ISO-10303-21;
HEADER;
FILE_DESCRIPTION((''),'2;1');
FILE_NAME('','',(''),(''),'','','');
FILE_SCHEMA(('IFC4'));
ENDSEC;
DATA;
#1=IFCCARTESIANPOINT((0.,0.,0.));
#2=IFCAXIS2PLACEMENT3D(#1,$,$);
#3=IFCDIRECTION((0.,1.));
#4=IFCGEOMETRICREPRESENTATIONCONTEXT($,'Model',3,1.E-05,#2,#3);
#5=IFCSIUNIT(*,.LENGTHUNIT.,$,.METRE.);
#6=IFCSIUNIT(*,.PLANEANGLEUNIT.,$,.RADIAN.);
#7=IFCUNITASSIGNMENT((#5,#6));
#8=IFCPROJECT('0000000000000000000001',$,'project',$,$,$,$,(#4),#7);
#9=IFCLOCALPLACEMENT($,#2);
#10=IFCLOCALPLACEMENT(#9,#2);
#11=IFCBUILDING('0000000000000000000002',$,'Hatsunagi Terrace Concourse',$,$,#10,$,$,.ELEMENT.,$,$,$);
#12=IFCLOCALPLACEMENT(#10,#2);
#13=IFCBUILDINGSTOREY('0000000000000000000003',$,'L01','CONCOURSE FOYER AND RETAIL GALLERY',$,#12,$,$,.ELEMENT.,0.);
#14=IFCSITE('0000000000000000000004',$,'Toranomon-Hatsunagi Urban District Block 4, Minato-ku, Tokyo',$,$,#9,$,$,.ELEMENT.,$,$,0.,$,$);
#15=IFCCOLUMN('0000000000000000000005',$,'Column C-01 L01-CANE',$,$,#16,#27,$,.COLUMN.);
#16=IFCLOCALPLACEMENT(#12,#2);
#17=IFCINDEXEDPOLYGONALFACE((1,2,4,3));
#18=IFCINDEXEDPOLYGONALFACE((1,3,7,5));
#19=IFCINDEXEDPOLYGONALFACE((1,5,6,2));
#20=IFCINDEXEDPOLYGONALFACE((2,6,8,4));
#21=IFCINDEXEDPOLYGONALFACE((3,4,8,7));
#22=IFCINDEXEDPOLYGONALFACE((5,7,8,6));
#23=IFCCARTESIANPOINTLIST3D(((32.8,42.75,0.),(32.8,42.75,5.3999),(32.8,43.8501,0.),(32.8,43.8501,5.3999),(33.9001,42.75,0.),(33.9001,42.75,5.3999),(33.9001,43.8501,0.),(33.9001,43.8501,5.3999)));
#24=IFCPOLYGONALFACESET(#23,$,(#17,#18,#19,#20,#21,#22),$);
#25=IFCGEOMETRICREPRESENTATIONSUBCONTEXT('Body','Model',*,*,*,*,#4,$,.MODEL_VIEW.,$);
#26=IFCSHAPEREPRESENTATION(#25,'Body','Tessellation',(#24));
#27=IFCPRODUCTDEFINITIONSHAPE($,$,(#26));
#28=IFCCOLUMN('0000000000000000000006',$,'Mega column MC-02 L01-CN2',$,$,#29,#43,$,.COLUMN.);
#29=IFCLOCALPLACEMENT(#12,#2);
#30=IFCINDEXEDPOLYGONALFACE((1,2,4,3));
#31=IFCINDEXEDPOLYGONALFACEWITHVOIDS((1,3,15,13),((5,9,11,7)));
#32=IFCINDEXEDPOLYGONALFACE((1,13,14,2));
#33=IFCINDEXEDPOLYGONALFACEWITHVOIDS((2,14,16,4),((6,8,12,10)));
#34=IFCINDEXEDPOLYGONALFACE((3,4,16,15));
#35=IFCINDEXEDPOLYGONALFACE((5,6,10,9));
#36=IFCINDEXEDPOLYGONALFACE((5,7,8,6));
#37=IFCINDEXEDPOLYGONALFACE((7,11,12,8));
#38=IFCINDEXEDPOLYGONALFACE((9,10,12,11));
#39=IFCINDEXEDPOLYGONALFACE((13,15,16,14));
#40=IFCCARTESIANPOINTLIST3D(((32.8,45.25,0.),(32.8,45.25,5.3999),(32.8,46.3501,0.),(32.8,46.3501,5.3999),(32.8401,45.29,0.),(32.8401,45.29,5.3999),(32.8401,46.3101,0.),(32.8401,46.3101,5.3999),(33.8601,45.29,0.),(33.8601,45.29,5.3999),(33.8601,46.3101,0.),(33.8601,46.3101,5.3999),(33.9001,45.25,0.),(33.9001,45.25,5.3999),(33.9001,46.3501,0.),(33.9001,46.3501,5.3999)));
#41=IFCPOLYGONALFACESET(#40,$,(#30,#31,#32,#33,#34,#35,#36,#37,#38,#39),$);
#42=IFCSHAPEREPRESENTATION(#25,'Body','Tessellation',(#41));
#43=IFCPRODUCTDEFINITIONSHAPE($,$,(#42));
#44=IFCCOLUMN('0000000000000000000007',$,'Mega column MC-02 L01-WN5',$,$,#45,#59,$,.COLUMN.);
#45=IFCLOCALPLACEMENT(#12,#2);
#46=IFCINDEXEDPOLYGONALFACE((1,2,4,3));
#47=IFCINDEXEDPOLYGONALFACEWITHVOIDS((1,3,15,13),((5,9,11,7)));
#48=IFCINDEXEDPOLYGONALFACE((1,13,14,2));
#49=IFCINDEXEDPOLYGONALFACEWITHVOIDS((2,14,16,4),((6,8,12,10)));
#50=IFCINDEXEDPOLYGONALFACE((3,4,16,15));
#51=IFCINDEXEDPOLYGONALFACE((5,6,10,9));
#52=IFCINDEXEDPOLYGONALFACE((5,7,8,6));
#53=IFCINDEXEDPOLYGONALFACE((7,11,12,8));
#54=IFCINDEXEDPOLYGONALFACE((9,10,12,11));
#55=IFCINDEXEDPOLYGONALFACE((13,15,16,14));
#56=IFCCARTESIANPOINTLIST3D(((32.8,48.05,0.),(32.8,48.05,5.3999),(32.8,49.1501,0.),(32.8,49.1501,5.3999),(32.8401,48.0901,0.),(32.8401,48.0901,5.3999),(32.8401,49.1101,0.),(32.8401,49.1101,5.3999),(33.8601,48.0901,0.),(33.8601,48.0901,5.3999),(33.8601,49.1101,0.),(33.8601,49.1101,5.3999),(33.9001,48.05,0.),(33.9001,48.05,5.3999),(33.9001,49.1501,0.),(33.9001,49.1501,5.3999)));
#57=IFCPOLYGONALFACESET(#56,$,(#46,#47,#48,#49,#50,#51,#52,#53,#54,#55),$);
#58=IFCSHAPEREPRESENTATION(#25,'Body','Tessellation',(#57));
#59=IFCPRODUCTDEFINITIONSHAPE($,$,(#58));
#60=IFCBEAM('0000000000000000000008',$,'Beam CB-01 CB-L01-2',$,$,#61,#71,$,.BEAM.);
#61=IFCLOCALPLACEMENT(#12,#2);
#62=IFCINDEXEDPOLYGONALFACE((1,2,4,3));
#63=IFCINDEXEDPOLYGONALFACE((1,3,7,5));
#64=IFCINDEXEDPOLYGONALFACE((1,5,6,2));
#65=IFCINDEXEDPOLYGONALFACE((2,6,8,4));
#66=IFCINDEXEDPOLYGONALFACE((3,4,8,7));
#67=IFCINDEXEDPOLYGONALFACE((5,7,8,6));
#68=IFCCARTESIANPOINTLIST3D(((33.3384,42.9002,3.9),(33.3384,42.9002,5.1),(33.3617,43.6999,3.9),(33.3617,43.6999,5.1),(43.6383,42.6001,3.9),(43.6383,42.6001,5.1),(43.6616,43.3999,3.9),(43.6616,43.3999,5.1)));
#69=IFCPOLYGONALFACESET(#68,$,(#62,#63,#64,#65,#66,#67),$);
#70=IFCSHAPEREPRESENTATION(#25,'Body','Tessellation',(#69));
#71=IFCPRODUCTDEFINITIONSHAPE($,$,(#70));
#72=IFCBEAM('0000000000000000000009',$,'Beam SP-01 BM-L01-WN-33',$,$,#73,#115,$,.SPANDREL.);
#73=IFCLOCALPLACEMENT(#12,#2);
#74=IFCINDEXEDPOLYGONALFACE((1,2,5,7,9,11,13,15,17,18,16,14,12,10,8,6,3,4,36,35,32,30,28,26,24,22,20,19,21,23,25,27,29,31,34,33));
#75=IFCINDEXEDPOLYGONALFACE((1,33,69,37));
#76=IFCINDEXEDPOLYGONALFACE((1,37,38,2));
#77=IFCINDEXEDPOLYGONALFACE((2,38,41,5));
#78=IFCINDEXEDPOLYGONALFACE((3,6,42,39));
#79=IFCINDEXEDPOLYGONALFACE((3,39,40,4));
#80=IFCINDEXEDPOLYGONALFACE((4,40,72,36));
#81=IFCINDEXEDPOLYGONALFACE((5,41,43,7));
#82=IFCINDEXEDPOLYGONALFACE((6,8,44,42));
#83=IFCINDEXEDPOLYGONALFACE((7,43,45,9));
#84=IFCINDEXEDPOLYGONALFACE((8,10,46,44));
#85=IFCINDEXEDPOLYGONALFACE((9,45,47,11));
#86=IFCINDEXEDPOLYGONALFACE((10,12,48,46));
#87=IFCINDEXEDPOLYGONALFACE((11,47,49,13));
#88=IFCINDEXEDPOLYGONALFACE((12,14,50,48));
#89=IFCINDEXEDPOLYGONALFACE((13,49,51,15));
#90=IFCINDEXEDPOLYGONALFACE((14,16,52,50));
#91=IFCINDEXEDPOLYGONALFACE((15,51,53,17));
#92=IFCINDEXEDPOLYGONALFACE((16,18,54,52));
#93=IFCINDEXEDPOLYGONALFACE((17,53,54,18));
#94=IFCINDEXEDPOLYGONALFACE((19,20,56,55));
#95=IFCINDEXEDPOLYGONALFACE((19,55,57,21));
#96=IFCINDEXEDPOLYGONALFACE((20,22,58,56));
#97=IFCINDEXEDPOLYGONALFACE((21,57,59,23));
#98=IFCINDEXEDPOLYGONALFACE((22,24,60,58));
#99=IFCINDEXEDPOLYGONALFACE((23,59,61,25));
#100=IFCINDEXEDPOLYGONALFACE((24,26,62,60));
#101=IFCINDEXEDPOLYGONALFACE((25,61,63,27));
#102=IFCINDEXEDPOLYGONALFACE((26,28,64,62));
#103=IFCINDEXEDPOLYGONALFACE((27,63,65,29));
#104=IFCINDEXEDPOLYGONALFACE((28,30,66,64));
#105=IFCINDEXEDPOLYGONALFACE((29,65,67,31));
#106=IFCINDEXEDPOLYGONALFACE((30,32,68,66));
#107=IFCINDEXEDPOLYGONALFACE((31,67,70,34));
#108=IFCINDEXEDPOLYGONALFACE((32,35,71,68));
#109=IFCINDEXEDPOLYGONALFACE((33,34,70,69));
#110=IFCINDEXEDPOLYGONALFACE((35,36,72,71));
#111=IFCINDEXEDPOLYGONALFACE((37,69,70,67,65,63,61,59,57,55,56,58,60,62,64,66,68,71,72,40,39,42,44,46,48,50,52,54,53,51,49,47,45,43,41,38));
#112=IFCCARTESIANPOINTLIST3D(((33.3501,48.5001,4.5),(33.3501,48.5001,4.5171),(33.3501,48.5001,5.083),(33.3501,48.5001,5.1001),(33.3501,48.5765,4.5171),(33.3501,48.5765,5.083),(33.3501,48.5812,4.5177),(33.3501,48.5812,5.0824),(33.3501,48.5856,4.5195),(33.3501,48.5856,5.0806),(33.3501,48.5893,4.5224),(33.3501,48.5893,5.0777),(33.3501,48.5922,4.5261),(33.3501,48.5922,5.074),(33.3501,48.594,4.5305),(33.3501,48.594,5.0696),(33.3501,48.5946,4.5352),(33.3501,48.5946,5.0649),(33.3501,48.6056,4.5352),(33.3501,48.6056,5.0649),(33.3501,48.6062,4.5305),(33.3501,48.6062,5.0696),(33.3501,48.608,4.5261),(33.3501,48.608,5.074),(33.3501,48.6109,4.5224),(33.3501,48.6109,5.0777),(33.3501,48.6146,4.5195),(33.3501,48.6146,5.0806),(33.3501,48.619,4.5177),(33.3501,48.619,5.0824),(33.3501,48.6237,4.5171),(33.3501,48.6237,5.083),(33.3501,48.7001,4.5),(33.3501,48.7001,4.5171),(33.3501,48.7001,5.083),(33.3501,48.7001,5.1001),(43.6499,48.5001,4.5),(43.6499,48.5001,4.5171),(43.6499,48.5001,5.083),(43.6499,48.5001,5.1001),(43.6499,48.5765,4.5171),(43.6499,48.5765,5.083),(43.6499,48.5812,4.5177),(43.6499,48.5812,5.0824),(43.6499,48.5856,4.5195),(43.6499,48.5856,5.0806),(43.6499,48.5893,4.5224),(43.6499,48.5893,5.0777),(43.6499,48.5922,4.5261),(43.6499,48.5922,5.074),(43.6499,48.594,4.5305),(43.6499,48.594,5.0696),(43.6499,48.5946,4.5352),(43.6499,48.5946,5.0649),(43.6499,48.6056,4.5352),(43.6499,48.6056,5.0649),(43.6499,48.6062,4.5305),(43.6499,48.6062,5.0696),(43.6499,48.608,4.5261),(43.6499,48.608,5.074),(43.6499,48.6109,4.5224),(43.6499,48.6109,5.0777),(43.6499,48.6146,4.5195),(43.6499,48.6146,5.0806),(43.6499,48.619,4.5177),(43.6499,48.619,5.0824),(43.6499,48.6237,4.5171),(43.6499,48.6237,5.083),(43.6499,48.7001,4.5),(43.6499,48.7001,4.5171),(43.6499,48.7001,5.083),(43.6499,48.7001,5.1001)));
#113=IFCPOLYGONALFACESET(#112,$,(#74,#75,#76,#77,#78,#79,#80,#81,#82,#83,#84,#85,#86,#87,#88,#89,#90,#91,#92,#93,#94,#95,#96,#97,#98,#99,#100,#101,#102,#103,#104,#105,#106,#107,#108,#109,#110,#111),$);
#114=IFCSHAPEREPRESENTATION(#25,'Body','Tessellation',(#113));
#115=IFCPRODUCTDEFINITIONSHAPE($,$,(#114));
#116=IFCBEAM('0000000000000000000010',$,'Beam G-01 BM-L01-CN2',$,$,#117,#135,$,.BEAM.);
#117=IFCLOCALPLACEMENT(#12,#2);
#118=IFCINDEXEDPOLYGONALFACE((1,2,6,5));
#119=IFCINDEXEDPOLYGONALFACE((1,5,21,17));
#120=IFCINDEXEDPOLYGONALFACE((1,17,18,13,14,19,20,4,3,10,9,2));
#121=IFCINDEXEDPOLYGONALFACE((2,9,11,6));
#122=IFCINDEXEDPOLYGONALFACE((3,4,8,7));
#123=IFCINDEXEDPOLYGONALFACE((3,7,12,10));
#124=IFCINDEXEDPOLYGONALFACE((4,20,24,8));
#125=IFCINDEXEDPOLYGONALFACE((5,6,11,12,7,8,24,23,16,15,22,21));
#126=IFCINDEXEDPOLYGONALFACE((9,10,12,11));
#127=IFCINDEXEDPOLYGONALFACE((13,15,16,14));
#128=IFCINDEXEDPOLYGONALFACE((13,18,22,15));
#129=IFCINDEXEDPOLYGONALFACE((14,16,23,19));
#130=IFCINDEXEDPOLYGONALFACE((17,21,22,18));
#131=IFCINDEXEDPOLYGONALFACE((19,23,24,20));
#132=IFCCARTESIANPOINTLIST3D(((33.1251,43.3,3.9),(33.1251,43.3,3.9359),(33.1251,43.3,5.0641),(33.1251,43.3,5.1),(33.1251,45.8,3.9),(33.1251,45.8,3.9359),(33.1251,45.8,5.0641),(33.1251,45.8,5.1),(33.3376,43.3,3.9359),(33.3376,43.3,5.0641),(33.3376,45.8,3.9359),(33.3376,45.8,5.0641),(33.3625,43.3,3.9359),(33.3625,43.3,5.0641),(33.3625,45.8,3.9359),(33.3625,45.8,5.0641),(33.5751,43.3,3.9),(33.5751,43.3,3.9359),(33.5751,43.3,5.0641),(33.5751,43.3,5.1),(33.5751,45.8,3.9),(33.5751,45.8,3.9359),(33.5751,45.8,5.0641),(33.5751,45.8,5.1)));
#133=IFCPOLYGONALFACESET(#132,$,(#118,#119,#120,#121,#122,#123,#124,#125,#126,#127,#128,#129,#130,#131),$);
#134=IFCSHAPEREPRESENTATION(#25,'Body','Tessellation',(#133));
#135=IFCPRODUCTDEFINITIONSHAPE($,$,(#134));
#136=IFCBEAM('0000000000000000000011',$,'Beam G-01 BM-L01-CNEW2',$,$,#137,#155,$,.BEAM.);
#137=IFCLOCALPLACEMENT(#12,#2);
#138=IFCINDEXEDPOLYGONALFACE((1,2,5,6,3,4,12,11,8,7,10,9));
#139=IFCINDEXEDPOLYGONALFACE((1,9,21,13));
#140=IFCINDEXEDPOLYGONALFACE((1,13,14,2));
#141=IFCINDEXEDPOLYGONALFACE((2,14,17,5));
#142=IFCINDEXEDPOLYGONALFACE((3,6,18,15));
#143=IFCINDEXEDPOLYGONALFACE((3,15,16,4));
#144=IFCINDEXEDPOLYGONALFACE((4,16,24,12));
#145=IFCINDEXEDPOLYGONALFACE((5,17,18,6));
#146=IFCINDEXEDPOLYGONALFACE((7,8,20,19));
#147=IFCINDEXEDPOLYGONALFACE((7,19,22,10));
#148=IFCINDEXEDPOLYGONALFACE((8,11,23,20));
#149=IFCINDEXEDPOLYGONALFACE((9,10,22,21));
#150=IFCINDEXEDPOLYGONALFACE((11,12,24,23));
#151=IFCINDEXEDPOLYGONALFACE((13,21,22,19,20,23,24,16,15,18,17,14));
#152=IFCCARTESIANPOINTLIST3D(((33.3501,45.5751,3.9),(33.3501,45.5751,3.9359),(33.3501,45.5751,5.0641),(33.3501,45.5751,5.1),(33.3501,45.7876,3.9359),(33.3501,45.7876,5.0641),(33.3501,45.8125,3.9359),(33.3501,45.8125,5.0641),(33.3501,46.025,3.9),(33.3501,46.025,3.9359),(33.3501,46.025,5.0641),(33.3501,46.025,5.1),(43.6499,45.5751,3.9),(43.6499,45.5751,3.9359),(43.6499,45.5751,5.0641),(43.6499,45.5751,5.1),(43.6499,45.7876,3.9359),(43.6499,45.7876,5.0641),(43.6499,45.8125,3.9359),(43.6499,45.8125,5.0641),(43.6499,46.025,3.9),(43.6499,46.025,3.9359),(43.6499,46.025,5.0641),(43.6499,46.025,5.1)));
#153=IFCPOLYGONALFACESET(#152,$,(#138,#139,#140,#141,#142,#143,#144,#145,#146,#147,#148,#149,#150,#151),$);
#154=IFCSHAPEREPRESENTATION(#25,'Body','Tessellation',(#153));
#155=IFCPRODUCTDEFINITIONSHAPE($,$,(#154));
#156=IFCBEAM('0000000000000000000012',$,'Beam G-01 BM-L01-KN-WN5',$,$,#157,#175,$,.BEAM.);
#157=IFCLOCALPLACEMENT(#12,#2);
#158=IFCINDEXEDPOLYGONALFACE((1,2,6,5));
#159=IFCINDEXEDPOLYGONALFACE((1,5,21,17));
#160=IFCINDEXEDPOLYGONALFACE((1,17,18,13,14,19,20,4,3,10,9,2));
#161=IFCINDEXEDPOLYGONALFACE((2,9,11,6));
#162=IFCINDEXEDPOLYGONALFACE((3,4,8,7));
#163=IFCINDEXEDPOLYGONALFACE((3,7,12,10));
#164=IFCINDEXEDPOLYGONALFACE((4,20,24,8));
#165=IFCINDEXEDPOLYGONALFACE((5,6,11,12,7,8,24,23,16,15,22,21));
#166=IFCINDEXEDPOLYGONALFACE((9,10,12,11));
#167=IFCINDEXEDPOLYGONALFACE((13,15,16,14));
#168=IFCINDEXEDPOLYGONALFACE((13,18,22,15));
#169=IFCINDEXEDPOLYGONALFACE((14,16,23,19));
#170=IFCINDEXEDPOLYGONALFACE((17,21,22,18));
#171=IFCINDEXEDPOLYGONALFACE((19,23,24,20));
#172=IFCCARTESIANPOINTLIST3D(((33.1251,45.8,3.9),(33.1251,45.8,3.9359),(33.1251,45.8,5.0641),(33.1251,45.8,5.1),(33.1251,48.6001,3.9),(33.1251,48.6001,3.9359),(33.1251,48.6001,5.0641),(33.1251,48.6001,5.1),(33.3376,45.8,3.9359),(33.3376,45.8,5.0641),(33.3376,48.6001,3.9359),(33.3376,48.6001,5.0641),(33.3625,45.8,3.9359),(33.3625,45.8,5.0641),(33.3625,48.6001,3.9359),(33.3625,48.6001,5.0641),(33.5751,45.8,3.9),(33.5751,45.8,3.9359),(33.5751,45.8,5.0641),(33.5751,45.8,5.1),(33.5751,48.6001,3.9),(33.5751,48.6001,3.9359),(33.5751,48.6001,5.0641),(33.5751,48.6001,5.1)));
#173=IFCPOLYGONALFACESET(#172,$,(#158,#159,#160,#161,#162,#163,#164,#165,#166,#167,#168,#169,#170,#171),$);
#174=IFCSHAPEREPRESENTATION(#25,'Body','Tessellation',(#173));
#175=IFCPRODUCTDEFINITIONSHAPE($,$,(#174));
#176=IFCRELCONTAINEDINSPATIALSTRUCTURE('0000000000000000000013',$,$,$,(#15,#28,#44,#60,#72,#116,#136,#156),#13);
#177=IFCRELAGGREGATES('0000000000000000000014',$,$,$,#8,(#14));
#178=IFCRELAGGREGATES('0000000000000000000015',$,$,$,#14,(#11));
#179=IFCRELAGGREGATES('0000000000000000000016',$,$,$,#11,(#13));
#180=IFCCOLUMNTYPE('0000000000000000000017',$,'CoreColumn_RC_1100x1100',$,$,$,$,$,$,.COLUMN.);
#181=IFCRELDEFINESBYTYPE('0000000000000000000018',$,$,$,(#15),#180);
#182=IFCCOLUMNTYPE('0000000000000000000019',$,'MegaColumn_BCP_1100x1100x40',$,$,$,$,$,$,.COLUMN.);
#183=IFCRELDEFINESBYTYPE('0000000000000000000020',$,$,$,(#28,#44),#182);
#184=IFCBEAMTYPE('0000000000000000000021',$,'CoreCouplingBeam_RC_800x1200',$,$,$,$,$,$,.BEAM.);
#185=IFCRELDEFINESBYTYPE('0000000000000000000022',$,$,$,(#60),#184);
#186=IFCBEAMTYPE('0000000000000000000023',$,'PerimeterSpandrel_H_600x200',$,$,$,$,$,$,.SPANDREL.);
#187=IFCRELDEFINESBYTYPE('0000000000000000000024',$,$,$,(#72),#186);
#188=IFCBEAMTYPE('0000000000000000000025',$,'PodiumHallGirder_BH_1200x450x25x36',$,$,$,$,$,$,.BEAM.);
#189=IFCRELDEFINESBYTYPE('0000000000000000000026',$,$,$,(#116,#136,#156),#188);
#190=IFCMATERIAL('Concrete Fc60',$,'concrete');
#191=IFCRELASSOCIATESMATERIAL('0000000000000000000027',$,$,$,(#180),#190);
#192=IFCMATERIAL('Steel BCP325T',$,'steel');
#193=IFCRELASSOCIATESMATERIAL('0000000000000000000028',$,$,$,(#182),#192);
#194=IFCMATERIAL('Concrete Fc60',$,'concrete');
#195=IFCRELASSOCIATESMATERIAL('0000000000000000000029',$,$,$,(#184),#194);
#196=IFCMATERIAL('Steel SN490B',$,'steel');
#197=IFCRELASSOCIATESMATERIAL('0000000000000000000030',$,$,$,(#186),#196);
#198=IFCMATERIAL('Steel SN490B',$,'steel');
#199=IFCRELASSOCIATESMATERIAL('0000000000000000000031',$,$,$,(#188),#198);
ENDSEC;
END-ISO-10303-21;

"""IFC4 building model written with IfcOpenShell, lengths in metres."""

from ifc_helpers import new_model, si_unit, direction, frame, origin, origin_2d, place, context, subcontext, project, spatial, rectangle, hollow_rectangle, i_section, extrude, material, material_profile, profile_set, type_object, element, save


model = new_model("IFC4")

# Units and contexts
model_context = context("Model", 3, precision=1e-05, world=origin(), true_north=direction((0.0, 1.0)))
body_context = subcontext(model_context, "Body", "Model", "MODEL_VIEW")
ifc_project = project(units=[si_unit("LENGTHUNIT", "METRE"), si_unit("PLANEANGLEUNIT", "RADIAN")], contexts=[model_context])

# Site, building, storey
site_placement = place(None, origin())
site = spatial("IfcSite", under=ifc_project, at=site_placement, Name="Toranomon-Hatsunagi Urban District Block 4, Minato-ku, Tokyo", CompositionType="ELEMENT", RefElevation=0.0)
building_placement = place(site_placement, origin())
building = spatial("IfcBuilding", under=site, at=building_placement, Name="Hatsunagi Terrace Concourse", CompositionType="ELEMENT")
storey_placement = place(building_placement, origin())
storey = spatial("IfcBuildingStorey", under=building, at=storey_placement, Name="L01", Description="CONCOURSE FOYER AND RETAIL GALLERY", CompositionType="ELEMENT", Elevation=0.0)

# Columns
ifc_material_1 = material(Name="Concrete Fc60", Category="concrete")
ifc_material_profile_1 = material_profile(ifc_material_1, rectangle(XDim=1.1001, YDim=1.1001, at=origin_2d()), Name="RC-1100x1100")
ifc_profile_set_1 = profile_set([ifc_material_profile_1], Name="Concrete Fc60")
column_type_1 = type_object("IfcColumnType", Name="CoreColumn_RC_1100x1100", PredefinedType="COLUMN", material=ifc_profile_set_1)
column_placement = place(storey_placement, frame((33.3501, 43.3, 0.0), z_axis=(0.0, 0.0, 1.0), x_axis=(1.0, 0.0, 0.0)))
element("IfcColumn", 1, at=column_placement, inside=storey, type_object=column_type_1, Name="Column C-01 L01-CANE", PredefinedType="COLUMN", context=body_context, shape_type="SweptSolid", body=[
    extrude(rectangle(XDim=1.1001, YDim=1.1001, at=origin_2d()), origin(), (0.0, 0.0, 1.0), 5.3999),
])
ifc_material_2 = material(Name="Steel BCP325T", Category="steel")
ifc_material_profile_2 = material_profile(ifc_material_2, hollow_rectangle(XDim=1.1001, YDim=1.1001, WallThickness=0.04, at=origin_2d()), Name="BCP-1100x1100x40")
ifc_profile_set_2 = profile_set([ifc_material_profile_2], Name="Steel BCP325T")
column_type_2 = type_object("IfcColumnType", Name="MegaColumn_BCP_1100x1100x40", PredefinedType="COLUMN", material=ifc_profile_set_2)
for number, where, z_axis, x_axis, name in (
    (2, (33.3501, 45.8, 0.0), (0.0, 0.0, 1.0), (1.0, 0.0, 0.0), "Mega column MC-02 L01-CN2"),
    (3, (33.3501, 48.6001, 0.0), (0.0, 0.0, 1.0), (1.0, 0.0, 0.0), "Mega column MC-02 L01-WN5"),
):
    element("IfcColumn", number, at=place(storey_placement, frame(where, z_axis=z_axis, x_axis=x_axis)), inside=storey, type_object=column_type_2, Name=name, PredefinedType="COLUMN", context=body_context, shape_type="SweptSolid", body=[
        extrude(hollow_rectangle(XDim=1.1001, YDim=1.1001, WallThickness=0.04, at=origin_2d()), origin(), (0.0, 0.0, 1.0), 5.3999),
    ])

# Beams
ifc_material_3 = material(Name="Concrete Fc60", Category="concrete")
ifc_material_profile_3 = material_profile(ifc_material_3, rectangle(XDim=0.8, YDim=1.2, at=origin_2d()), Name="RC-800x1200")
ifc_profile_set_3 = profile_set([ifc_material_profile_3], Name="Concrete Fc60")
beam_type_1 = type_object("IfcBeamType", Name="CoreCouplingBeam_RC_800x1200", PredefinedType="BEAM", material=ifc_profile_set_3)
beam_1_placement = place(storey_placement, frame((33.3501, 43.3, 4.5), z_axis=(0.999576, -0.029119, 0.0), x_axis=(0.029119, 0.999576, 0.0)))
element("IfcBeam", 4, at=beam_1_placement, inside=storey, type_object=beam_type_1, Name="Beam CB-01 CB-L01-2", PredefinedType="BEAM", context=body_context, shape_type="SweptSolid", body=[
    extrude(rectangle(XDim=0.8, YDim=1.2, at=origin_2d()), origin(), (0.0, 0.0, 1.0), 10.3042),
])
ifc_material_4 = material(Name="Steel SN490B", Category="steel")
ifc_material_profile_4 = material_profile(ifc_material_4, i_section(OverallWidth=0.2, OverallDepth=0.6001, WebThickness=0.011, FlangeThickness=0.0171, FilletRadius=0.0181, at=origin_2d()), Name="H-600x200x11x17")
ifc_profile_set_4 = profile_set([ifc_material_profile_4], Name="Steel SN490B")
beam_type_2 = type_object("IfcBeamType", Name="PerimeterSpandrel_H_600x200", PredefinedType="SPANDREL", material=ifc_profile_set_4)
beam_2_placement = place(storey_placement, frame((33.3501, 48.6001, 4.8), z_axis=(1.0, 0.0, 0.0), x_axis=(0.0, 1.0, 0.0)))
element("IfcBeam", 5, at=beam_2_placement, inside=storey, type_object=beam_type_2, Name="Beam SP-01 BM-L01-WN-33", PredefinedType="SPANDREL", context=body_context, shape_type="SweptSolid", body=[
    extrude(i_section(OverallWidth=0.2, OverallDepth=0.6001, WebThickness=0.011, FlangeThickness=0.0171, FilletRadius=0.0181, at=origin_2d()), origin(), (0.0, 0.0, 1.0), 10.2998),
])
ifc_material_5 = material(Name="Steel SN490B", Category="steel")
ifc_material_profile_5 = material_profile(ifc_material_5, i_section(OverallWidth=0.45, OverallDepth=1.2, WebThickness=0.0249, FlangeThickness=0.0359, at=origin_2d()), Name="BH-1200x450x25x36")
ifc_profile_set_5 = profile_set([ifc_material_profile_5], Name="Steel SN490B")
beam_type_3 = type_object("IfcBeamType", Name="PodiumHallGirder_BH_1200x450x25x36", PredefinedType="BEAM", material=ifc_profile_set_5)
beam_3_placement = place(storey_placement, frame((33.3501, 43.3, 4.5), z_axis=(0.0, 1.0, 0.0), x_axis=(-1.0, 0.0, 0.0)))
element("IfcBeam", 6, at=beam_3_placement, inside=storey, type_object=beam_type_3, Name="Beam G-01 BM-L01-CN2", PredefinedType="BEAM", context=body_context, shape_type="SweptSolid", body=[
    extrude(i_section(OverallWidth=0.45, OverallDepth=1.2, WebThickness=0.0249, FlangeThickness=0.0359, at=origin_2d()), origin(), (0.0, 0.0, 1.0), 2.5),
])
beam_4_placement = place(storey_placement, frame((33.3501, 45.8, 4.5), z_axis=(1.0, 0.0, 0.0), x_axis=(0.0, 1.0, 0.0)))
element("IfcBeam", 7, at=beam_4_placement, inside=storey, type_object=beam_type_3, Name="Beam G-01 BM-L01-CNEW2", PredefinedType="BEAM", context=body_context, shape_type="SweptSolid", body=[
    extrude(i_section(OverallWidth=0.45, OverallDepth=1.2, WebThickness=0.0249, FlangeThickness=0.0359, at=origin_2d()), origin(), (0.0, 0.0, 1.0), 10.2998),
])
beam_5_placement = place(storey_placement, frame((33.3501, 45.8, 4.5), z_axis=(0.0, 1.0, 0.0), x_axis=(-1.0, 0.0, 0.0)))
element("IfcBeam", 8, at=beam_5_placement, inside=storey, type_object=beam_type_3, Name="Beam G-01 BM-L01-KN-WN5", PredefinedType="BEAM", context=body_context, shape_type="SweptSolid", body=[
    extrude(i_section(OverallWidth=0.45, OverallDepth=1.2, WebThickness=0.0249, FlangeThickness=0.0359, at=origin_2d()), origin(), (0.0, 0.0, 1.0), 2.8),
])

save(model, "model.ifc")
